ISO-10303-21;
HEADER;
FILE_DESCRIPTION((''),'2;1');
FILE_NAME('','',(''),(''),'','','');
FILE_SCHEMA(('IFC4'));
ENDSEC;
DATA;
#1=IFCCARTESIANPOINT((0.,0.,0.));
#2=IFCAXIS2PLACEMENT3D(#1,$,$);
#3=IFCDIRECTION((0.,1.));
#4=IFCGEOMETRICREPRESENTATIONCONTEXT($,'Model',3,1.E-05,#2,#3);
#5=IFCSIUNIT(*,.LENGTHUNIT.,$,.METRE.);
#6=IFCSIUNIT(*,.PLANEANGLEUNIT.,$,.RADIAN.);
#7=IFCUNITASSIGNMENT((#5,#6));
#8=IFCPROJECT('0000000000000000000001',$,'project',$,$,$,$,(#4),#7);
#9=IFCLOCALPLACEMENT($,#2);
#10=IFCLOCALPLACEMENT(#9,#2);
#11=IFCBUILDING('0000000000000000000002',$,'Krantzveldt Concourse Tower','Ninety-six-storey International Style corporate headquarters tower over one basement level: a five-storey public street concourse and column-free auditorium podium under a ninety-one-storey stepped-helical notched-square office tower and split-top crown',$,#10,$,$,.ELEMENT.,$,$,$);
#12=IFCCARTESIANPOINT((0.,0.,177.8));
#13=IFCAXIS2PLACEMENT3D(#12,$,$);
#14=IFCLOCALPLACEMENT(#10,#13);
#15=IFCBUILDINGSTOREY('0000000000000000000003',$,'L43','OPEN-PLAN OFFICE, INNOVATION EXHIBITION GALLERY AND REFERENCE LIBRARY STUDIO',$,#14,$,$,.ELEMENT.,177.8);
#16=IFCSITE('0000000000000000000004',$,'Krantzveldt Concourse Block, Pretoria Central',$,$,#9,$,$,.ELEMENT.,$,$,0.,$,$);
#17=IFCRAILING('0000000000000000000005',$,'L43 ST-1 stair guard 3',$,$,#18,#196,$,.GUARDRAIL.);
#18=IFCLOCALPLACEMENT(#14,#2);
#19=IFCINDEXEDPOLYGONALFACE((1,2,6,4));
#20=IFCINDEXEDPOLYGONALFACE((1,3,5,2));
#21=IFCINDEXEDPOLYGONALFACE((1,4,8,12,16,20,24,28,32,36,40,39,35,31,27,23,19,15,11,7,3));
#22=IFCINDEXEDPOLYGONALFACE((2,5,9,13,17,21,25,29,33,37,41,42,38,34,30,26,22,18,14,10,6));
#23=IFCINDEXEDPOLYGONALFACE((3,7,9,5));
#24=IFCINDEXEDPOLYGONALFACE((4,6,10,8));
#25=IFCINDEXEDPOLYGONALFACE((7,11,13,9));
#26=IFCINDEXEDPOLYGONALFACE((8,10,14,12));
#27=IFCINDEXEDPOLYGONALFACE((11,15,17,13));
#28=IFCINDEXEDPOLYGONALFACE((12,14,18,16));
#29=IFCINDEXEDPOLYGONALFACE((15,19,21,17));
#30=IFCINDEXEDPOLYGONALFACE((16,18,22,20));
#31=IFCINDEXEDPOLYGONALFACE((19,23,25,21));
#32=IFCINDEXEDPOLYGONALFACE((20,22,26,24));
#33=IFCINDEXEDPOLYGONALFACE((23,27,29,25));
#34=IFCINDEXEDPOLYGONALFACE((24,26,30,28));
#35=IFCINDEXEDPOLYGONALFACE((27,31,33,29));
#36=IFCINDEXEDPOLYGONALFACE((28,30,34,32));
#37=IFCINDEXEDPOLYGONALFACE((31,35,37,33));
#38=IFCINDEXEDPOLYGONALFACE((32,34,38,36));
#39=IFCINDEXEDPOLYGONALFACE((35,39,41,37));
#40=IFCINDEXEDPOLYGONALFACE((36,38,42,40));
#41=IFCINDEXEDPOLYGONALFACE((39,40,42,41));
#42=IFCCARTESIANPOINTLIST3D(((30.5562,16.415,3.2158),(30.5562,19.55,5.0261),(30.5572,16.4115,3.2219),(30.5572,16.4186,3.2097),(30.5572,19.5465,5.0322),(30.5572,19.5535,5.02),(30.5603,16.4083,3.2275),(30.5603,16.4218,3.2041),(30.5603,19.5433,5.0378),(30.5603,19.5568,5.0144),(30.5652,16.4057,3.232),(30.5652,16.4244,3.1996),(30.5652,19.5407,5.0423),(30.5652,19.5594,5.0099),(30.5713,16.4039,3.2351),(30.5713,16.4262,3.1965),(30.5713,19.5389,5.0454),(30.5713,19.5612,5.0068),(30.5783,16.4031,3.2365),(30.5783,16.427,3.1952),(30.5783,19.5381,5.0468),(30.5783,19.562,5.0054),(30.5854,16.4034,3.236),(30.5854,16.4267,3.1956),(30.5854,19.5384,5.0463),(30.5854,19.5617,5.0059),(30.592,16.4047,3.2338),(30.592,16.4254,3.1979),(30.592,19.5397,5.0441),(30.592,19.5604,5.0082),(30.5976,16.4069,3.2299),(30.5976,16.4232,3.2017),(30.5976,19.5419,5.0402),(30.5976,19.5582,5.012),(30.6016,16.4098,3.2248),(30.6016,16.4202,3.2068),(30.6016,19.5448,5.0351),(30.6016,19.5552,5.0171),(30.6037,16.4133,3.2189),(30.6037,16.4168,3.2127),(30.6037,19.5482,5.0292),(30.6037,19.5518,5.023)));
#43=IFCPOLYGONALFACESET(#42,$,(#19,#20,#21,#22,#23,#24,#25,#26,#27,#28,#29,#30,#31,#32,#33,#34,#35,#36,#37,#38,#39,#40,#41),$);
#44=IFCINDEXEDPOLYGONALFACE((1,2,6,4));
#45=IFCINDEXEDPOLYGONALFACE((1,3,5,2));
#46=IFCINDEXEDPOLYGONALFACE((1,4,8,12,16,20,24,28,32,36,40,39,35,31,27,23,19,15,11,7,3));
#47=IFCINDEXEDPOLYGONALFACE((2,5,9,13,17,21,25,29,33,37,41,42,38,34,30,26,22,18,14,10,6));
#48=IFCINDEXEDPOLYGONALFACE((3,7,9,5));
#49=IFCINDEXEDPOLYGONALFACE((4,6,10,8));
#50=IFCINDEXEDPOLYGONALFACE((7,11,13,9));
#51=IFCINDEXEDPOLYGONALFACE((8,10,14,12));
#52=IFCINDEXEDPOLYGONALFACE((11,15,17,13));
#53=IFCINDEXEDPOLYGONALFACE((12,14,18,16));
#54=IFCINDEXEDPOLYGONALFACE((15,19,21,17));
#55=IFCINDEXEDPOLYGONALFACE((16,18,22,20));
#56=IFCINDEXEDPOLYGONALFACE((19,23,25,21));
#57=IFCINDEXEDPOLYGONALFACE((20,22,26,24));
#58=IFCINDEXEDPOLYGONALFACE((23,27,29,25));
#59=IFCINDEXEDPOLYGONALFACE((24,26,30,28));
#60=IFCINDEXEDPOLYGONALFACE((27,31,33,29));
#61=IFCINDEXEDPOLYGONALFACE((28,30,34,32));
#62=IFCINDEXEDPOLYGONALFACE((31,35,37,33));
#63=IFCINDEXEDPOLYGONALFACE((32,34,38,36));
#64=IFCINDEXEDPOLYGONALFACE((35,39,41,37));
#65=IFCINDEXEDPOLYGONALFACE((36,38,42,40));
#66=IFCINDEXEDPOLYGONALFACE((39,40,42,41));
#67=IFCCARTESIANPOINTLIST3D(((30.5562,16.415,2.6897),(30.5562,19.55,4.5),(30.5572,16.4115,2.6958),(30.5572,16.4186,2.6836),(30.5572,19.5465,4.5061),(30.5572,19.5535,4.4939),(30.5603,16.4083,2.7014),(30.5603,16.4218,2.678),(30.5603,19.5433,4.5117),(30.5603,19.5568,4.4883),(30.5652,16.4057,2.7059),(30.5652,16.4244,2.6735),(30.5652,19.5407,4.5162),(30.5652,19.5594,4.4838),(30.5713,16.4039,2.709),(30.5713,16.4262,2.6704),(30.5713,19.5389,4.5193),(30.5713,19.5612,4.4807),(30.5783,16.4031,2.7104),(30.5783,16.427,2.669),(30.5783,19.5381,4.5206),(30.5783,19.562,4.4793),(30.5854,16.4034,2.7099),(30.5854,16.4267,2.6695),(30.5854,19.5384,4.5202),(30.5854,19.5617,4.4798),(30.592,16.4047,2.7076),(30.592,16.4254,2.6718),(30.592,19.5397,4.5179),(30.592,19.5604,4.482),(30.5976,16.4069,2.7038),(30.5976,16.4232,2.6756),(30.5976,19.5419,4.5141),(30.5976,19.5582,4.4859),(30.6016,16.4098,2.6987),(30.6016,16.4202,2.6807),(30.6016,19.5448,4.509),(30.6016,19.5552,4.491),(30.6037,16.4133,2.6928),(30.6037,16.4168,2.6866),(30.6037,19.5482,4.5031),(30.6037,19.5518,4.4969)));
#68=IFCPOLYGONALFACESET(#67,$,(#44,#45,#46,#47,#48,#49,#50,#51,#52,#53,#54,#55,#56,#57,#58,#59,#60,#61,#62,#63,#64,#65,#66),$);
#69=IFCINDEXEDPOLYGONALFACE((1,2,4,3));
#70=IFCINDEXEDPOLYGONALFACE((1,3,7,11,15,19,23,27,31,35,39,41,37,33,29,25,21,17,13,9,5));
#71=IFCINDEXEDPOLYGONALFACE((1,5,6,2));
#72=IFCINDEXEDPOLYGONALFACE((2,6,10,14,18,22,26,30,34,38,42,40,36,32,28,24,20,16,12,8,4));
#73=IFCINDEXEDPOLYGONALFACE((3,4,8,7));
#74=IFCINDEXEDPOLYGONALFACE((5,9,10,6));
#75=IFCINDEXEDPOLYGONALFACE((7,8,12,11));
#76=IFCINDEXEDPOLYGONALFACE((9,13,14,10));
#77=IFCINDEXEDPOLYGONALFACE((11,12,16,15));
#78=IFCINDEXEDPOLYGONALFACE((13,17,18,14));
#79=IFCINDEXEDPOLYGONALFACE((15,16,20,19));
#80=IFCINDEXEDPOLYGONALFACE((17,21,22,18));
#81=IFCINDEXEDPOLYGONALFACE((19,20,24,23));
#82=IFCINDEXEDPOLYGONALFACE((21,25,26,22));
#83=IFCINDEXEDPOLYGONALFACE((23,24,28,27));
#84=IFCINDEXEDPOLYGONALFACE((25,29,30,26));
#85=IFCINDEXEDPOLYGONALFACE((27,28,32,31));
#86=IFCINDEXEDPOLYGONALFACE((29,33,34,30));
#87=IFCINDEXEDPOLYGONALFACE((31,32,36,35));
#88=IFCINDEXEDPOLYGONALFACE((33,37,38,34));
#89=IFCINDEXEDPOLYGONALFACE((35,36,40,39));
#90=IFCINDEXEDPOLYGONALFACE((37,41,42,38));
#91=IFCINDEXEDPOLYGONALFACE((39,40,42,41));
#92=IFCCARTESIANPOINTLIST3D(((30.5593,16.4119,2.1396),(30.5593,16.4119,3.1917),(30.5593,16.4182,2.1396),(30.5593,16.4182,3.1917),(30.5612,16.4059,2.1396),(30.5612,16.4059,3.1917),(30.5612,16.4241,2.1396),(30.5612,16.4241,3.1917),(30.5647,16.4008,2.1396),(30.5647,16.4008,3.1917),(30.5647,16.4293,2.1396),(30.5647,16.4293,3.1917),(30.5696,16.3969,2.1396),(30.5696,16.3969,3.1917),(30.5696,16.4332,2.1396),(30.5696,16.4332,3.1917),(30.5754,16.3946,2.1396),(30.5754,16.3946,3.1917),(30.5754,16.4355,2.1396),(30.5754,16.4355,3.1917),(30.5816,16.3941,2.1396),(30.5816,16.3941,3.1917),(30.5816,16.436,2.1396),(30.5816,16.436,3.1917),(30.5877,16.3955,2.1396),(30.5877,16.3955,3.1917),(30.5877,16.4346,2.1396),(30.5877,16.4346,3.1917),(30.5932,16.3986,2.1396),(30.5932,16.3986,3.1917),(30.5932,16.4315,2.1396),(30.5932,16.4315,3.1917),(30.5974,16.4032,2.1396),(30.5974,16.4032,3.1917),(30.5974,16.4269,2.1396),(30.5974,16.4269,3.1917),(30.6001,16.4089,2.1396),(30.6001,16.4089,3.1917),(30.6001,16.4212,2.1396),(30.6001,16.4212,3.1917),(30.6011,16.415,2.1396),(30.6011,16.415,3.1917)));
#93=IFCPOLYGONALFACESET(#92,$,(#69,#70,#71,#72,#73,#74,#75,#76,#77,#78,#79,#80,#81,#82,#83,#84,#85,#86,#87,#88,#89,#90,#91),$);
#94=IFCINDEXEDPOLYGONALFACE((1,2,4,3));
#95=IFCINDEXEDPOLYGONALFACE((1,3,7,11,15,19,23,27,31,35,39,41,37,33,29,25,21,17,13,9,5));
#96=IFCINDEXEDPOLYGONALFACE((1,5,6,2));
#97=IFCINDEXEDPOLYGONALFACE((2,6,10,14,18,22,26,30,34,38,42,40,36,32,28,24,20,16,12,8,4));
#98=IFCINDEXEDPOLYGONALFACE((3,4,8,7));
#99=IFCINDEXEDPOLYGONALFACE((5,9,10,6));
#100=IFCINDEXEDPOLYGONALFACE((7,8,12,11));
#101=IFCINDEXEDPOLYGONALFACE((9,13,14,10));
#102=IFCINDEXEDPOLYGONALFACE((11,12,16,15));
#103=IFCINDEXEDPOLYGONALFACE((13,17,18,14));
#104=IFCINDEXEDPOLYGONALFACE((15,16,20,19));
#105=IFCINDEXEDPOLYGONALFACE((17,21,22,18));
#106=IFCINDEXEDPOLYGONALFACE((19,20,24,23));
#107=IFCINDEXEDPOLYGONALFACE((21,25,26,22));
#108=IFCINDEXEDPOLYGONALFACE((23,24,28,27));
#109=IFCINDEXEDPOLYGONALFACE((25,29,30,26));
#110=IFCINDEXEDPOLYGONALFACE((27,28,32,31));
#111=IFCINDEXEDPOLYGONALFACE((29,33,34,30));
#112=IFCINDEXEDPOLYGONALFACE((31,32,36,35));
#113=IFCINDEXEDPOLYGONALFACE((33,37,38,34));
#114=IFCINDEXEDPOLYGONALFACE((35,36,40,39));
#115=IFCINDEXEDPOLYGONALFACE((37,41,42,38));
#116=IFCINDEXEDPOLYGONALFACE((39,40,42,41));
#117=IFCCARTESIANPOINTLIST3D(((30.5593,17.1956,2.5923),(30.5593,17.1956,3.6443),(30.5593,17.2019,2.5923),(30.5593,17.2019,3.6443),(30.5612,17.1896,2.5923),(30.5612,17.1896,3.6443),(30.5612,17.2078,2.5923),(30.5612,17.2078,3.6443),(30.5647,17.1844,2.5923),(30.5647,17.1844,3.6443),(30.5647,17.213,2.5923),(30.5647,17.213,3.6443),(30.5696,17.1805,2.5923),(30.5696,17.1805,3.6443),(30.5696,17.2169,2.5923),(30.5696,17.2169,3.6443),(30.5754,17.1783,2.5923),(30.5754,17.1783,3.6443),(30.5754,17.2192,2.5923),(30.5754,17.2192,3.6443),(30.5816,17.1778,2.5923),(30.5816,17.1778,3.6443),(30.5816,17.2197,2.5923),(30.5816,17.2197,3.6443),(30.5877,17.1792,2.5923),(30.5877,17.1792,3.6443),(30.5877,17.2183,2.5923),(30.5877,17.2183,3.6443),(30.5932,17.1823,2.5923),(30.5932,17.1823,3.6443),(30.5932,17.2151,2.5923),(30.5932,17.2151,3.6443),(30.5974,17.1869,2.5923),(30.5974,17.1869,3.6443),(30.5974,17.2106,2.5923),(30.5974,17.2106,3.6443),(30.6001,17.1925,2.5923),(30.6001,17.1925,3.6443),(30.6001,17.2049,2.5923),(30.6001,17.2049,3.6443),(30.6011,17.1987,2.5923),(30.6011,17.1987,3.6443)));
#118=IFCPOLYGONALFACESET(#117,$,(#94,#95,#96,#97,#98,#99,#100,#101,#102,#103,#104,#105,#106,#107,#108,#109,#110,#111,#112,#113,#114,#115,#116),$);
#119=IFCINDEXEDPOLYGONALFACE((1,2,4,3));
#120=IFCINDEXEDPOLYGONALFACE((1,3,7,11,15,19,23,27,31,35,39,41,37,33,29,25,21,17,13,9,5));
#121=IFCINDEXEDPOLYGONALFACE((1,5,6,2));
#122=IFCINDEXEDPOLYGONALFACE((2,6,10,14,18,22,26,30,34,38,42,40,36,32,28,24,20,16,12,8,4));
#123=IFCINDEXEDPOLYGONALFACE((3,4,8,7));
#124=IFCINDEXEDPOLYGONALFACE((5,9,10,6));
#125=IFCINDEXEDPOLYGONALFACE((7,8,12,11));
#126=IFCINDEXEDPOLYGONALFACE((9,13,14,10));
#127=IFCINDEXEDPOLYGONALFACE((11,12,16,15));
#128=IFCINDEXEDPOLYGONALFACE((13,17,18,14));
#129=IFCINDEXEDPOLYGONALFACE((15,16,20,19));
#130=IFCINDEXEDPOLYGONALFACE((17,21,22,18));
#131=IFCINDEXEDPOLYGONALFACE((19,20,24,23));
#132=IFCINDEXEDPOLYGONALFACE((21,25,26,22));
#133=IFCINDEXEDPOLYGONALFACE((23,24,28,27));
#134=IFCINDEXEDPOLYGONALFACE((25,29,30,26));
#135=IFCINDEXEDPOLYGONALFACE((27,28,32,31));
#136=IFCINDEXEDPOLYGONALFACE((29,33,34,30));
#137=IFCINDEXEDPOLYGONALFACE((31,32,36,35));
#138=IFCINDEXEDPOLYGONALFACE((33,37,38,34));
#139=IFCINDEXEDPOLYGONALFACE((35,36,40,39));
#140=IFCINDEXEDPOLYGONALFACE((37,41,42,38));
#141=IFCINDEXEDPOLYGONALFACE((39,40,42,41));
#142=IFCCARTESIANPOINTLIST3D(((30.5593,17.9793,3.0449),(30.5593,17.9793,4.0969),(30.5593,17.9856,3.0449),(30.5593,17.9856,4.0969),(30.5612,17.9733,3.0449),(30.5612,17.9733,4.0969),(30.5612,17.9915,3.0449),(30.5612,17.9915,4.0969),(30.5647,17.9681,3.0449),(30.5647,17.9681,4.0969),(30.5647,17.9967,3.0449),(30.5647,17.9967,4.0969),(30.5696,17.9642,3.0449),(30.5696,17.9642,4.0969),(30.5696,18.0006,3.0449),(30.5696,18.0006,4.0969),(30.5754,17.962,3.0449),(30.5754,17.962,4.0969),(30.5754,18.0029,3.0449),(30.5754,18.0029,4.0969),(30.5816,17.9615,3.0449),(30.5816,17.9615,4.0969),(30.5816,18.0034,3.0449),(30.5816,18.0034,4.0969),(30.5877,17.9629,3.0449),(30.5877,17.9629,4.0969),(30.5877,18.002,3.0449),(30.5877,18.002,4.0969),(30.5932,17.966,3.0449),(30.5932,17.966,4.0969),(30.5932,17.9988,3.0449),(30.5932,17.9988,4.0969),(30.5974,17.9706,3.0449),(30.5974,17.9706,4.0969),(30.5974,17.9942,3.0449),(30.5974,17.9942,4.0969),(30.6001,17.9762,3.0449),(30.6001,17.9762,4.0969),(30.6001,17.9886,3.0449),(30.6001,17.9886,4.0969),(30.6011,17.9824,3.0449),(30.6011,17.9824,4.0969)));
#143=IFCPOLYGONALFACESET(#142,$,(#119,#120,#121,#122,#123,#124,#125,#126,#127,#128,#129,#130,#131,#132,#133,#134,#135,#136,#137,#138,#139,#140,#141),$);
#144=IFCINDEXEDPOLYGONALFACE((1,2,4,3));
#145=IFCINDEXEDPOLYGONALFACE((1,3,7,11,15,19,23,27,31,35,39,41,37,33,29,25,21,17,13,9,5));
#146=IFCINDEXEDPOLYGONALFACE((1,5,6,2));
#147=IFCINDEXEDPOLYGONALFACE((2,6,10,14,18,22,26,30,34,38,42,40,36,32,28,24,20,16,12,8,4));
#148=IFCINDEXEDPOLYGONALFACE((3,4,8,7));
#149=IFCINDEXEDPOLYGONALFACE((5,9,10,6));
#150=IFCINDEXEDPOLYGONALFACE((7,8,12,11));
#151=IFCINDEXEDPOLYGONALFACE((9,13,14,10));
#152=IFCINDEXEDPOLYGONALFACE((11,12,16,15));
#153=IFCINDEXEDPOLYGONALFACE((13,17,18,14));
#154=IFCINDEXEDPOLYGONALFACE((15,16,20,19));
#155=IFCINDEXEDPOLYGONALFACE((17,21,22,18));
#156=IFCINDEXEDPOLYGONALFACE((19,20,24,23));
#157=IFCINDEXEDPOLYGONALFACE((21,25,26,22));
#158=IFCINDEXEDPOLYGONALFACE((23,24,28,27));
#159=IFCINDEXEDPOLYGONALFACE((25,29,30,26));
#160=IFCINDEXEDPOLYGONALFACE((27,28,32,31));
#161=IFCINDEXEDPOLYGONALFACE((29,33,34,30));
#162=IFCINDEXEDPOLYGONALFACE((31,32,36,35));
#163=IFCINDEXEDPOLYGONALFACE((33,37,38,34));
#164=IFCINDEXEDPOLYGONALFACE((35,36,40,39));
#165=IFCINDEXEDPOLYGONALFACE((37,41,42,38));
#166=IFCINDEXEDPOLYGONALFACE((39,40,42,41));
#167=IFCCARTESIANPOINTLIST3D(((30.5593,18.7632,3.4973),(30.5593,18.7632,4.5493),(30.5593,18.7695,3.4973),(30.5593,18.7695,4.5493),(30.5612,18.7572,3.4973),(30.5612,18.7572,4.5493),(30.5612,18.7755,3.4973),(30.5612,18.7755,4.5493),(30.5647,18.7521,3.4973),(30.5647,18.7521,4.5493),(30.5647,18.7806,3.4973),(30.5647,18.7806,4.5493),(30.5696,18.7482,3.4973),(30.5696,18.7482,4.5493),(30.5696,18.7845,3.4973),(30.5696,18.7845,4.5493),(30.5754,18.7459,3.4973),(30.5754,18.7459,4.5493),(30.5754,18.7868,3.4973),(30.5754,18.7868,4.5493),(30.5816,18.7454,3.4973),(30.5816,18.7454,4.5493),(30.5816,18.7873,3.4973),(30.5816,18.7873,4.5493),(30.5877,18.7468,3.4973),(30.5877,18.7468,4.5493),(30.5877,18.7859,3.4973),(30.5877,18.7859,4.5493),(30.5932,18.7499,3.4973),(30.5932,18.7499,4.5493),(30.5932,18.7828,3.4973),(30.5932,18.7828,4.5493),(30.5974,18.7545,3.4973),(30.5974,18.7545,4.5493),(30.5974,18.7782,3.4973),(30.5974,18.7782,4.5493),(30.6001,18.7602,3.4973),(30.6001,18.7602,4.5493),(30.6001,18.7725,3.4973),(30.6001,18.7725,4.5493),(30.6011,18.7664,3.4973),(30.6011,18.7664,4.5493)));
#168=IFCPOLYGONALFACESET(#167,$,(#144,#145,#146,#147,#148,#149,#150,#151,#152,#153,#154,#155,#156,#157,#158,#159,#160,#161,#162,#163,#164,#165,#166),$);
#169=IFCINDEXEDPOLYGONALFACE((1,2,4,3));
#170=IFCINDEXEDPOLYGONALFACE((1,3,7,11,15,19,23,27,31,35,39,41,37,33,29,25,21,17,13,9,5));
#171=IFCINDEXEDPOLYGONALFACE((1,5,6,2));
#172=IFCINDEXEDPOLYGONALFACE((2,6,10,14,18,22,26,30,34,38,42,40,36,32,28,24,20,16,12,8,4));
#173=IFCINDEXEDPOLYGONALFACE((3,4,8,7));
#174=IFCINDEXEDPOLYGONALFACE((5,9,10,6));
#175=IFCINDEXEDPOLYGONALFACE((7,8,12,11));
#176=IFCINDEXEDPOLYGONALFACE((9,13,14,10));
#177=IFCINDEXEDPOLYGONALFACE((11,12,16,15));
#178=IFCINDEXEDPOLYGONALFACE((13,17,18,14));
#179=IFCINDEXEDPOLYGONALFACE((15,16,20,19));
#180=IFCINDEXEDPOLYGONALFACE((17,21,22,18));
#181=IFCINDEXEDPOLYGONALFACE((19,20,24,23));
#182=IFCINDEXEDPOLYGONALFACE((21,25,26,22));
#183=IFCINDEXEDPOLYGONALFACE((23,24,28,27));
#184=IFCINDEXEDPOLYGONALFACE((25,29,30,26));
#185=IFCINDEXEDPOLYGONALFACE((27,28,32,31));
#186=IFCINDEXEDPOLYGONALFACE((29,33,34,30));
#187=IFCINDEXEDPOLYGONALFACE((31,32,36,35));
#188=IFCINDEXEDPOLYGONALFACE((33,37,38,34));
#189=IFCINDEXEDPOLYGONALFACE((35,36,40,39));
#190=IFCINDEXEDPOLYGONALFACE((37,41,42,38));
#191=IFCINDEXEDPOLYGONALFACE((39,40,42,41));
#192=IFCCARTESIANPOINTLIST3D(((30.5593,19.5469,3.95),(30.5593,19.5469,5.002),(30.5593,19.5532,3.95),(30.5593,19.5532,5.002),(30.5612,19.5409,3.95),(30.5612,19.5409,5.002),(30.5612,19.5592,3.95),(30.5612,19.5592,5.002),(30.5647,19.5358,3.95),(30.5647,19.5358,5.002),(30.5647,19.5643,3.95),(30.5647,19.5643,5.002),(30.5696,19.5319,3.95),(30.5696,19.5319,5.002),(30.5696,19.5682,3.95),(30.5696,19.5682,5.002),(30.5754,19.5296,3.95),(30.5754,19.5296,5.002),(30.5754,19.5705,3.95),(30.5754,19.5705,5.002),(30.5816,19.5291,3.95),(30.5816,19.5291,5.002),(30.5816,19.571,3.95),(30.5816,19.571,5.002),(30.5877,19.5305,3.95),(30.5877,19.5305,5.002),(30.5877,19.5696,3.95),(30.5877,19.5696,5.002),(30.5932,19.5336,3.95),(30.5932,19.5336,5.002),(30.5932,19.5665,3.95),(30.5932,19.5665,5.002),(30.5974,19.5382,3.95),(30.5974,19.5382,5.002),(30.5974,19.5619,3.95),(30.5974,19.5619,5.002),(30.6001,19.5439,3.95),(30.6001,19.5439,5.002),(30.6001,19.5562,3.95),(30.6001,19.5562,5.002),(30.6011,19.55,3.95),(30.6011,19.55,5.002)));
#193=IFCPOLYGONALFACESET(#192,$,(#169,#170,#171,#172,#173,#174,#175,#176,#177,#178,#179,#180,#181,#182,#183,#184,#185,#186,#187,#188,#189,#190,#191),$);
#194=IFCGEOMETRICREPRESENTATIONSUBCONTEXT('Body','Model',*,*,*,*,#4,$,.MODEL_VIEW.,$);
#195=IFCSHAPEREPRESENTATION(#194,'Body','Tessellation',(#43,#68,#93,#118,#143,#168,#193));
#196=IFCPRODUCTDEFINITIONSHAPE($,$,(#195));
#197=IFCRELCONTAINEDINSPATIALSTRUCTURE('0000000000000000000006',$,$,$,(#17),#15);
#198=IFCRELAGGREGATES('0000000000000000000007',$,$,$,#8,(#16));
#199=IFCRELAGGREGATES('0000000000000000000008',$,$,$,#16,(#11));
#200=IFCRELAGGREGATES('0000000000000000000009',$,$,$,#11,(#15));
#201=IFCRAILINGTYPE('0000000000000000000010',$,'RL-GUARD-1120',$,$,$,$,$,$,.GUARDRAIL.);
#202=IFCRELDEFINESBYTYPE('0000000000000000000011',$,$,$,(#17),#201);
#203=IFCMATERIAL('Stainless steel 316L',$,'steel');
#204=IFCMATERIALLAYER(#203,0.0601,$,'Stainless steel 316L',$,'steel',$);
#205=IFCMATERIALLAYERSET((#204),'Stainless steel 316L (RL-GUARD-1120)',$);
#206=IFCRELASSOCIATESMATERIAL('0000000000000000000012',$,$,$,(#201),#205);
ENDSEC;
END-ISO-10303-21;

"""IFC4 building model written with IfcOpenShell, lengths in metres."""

from ifc_helpers import new_model, si_unit, direction, frame, origin, origin_2d, place, context, subcontext, project, spatial, circle, extrude, material, layer, layer_set, type_object, element, save


model = new_model("IFC4")

# Units and contexts
model_context = context("Model", 3, precision=1e-05, world=origin(), true_north=direction((0.0, 1.0)))
body_context = subcontext(model_context, "Body", "Model", "MODEL_VIEW")
ifc_project = project(units=[si_unit("LENGTHUNIT", "METRE"), si_unit("PLANEANGLEUNIT", "RADIAN")], contexts=[model_context])

# Site, building, storey
site_placement = place(None, origin())
site = spatial("IfcSite", under=ifc_project, at=site_placement, Name="Krantzveldt Concourse Block, Pretoria Central", CompositionType="ELEMENT", RefElevation=0.0)
building_placement = place(site_placement, origin())
building = spatial("IfcBuilding", under=site, at=building_placement, Name="Krantzveldt Concourse Tower", Description="Ninety-six-storey International Style corporate headquarters tower over one basement level: a five-storey public street concourse and column-free auditorium podium under a ninety-one-storey stepped-helical notched-square office tower and split-top crown", CompositionType="ELEMENT")
storey_placement = place(building_placement, frame((0.0, 0.0, 177.8)))
storey = spatial("IfcBuildingStorey", under=building, at=storey_placement, Name="L43", Description="OPEN-PLAN OFFICE, INNOVATION EXHIBITION GALLERY AND REFERENCE LIBRARY STUDIO", CompositionType="ELEMENT", Elevation=177.8)

# Shared definitions
ifc_material_1 = material(Name="Stainless steel 316L", Category="steel")

# Railing
ifc_layer_1 = layer(ifc_material_1, 0.0601, Name="Stainless steel 316L", Category="steel")
ifc_layer_set_1 = layer_set([ifc_layer_1], Name="Stainless steel 316L (RL-GUARD-1120)")
railing_type_1 = type_object("IfcRailingType", Name="RL-GUARD-1120", PredefinedType="GUARDRAIL", material=ifc_layer_set_1)
railing_1_placement = place(storey_placement, frame((30.5801, 16.415, 2.1396)))
element("IfcRailing", 1, at=railing_1_placement, inside=storey, type_object=railing_type_1, Name="L43 ST-1 stair guard 3", PredefinedType="GUARDRAIL", context=body_context, shape_type="SweptSolid", body=[
    extrude(circle(Radius=0.0239, at=origin_2d()), frame((0.0, 0.0, 1.0762), z_axis=(0.0, 0.865989, 0.500063), x_axis=(-1.0, 0.0, 0.0)), (0.0, 0.0, 1.0), 3.6201),
    extrude(circle(Radius=0.0239, at=origin_2d()), frame((0.0, 0.0, 0.55), z_axis=(0.0, 0.865989, 0.500063), x_axis=(-1.0, 0.0, 0.0)), (0.0, 0.0, 1.0), 3.6201),
    extrude(circle(Radius=0.021, at=origin_2d()), origin(), (0.0, 0.0, 1.0), 1.052),
    extrude(circle(Radius=0.021, at=origin_2d()), frame((0.0, 0.7837, 0.4526)), (0.0, 0.0, 1.0), 1.052),
    extrude(circle(Radius=0.021, at=origin_2d()), frame((0.0, 1.5674, 0.9053)), (0.0, 0.0, 1.0), 1.052),
    extrude(circle(Radius=0.021, at=origin_2d()), frame((0.0, 2.3513, 1.3577)), (0.0, 0.0, 1.0), 1.052),
    extrude(circle(Radius=0.021, at=origin_2d()), frame((0.0, 3.135, 1.8103)), (0.0, 0.0, 1.0), 1.052),
])

save(model, "model.ifc")
